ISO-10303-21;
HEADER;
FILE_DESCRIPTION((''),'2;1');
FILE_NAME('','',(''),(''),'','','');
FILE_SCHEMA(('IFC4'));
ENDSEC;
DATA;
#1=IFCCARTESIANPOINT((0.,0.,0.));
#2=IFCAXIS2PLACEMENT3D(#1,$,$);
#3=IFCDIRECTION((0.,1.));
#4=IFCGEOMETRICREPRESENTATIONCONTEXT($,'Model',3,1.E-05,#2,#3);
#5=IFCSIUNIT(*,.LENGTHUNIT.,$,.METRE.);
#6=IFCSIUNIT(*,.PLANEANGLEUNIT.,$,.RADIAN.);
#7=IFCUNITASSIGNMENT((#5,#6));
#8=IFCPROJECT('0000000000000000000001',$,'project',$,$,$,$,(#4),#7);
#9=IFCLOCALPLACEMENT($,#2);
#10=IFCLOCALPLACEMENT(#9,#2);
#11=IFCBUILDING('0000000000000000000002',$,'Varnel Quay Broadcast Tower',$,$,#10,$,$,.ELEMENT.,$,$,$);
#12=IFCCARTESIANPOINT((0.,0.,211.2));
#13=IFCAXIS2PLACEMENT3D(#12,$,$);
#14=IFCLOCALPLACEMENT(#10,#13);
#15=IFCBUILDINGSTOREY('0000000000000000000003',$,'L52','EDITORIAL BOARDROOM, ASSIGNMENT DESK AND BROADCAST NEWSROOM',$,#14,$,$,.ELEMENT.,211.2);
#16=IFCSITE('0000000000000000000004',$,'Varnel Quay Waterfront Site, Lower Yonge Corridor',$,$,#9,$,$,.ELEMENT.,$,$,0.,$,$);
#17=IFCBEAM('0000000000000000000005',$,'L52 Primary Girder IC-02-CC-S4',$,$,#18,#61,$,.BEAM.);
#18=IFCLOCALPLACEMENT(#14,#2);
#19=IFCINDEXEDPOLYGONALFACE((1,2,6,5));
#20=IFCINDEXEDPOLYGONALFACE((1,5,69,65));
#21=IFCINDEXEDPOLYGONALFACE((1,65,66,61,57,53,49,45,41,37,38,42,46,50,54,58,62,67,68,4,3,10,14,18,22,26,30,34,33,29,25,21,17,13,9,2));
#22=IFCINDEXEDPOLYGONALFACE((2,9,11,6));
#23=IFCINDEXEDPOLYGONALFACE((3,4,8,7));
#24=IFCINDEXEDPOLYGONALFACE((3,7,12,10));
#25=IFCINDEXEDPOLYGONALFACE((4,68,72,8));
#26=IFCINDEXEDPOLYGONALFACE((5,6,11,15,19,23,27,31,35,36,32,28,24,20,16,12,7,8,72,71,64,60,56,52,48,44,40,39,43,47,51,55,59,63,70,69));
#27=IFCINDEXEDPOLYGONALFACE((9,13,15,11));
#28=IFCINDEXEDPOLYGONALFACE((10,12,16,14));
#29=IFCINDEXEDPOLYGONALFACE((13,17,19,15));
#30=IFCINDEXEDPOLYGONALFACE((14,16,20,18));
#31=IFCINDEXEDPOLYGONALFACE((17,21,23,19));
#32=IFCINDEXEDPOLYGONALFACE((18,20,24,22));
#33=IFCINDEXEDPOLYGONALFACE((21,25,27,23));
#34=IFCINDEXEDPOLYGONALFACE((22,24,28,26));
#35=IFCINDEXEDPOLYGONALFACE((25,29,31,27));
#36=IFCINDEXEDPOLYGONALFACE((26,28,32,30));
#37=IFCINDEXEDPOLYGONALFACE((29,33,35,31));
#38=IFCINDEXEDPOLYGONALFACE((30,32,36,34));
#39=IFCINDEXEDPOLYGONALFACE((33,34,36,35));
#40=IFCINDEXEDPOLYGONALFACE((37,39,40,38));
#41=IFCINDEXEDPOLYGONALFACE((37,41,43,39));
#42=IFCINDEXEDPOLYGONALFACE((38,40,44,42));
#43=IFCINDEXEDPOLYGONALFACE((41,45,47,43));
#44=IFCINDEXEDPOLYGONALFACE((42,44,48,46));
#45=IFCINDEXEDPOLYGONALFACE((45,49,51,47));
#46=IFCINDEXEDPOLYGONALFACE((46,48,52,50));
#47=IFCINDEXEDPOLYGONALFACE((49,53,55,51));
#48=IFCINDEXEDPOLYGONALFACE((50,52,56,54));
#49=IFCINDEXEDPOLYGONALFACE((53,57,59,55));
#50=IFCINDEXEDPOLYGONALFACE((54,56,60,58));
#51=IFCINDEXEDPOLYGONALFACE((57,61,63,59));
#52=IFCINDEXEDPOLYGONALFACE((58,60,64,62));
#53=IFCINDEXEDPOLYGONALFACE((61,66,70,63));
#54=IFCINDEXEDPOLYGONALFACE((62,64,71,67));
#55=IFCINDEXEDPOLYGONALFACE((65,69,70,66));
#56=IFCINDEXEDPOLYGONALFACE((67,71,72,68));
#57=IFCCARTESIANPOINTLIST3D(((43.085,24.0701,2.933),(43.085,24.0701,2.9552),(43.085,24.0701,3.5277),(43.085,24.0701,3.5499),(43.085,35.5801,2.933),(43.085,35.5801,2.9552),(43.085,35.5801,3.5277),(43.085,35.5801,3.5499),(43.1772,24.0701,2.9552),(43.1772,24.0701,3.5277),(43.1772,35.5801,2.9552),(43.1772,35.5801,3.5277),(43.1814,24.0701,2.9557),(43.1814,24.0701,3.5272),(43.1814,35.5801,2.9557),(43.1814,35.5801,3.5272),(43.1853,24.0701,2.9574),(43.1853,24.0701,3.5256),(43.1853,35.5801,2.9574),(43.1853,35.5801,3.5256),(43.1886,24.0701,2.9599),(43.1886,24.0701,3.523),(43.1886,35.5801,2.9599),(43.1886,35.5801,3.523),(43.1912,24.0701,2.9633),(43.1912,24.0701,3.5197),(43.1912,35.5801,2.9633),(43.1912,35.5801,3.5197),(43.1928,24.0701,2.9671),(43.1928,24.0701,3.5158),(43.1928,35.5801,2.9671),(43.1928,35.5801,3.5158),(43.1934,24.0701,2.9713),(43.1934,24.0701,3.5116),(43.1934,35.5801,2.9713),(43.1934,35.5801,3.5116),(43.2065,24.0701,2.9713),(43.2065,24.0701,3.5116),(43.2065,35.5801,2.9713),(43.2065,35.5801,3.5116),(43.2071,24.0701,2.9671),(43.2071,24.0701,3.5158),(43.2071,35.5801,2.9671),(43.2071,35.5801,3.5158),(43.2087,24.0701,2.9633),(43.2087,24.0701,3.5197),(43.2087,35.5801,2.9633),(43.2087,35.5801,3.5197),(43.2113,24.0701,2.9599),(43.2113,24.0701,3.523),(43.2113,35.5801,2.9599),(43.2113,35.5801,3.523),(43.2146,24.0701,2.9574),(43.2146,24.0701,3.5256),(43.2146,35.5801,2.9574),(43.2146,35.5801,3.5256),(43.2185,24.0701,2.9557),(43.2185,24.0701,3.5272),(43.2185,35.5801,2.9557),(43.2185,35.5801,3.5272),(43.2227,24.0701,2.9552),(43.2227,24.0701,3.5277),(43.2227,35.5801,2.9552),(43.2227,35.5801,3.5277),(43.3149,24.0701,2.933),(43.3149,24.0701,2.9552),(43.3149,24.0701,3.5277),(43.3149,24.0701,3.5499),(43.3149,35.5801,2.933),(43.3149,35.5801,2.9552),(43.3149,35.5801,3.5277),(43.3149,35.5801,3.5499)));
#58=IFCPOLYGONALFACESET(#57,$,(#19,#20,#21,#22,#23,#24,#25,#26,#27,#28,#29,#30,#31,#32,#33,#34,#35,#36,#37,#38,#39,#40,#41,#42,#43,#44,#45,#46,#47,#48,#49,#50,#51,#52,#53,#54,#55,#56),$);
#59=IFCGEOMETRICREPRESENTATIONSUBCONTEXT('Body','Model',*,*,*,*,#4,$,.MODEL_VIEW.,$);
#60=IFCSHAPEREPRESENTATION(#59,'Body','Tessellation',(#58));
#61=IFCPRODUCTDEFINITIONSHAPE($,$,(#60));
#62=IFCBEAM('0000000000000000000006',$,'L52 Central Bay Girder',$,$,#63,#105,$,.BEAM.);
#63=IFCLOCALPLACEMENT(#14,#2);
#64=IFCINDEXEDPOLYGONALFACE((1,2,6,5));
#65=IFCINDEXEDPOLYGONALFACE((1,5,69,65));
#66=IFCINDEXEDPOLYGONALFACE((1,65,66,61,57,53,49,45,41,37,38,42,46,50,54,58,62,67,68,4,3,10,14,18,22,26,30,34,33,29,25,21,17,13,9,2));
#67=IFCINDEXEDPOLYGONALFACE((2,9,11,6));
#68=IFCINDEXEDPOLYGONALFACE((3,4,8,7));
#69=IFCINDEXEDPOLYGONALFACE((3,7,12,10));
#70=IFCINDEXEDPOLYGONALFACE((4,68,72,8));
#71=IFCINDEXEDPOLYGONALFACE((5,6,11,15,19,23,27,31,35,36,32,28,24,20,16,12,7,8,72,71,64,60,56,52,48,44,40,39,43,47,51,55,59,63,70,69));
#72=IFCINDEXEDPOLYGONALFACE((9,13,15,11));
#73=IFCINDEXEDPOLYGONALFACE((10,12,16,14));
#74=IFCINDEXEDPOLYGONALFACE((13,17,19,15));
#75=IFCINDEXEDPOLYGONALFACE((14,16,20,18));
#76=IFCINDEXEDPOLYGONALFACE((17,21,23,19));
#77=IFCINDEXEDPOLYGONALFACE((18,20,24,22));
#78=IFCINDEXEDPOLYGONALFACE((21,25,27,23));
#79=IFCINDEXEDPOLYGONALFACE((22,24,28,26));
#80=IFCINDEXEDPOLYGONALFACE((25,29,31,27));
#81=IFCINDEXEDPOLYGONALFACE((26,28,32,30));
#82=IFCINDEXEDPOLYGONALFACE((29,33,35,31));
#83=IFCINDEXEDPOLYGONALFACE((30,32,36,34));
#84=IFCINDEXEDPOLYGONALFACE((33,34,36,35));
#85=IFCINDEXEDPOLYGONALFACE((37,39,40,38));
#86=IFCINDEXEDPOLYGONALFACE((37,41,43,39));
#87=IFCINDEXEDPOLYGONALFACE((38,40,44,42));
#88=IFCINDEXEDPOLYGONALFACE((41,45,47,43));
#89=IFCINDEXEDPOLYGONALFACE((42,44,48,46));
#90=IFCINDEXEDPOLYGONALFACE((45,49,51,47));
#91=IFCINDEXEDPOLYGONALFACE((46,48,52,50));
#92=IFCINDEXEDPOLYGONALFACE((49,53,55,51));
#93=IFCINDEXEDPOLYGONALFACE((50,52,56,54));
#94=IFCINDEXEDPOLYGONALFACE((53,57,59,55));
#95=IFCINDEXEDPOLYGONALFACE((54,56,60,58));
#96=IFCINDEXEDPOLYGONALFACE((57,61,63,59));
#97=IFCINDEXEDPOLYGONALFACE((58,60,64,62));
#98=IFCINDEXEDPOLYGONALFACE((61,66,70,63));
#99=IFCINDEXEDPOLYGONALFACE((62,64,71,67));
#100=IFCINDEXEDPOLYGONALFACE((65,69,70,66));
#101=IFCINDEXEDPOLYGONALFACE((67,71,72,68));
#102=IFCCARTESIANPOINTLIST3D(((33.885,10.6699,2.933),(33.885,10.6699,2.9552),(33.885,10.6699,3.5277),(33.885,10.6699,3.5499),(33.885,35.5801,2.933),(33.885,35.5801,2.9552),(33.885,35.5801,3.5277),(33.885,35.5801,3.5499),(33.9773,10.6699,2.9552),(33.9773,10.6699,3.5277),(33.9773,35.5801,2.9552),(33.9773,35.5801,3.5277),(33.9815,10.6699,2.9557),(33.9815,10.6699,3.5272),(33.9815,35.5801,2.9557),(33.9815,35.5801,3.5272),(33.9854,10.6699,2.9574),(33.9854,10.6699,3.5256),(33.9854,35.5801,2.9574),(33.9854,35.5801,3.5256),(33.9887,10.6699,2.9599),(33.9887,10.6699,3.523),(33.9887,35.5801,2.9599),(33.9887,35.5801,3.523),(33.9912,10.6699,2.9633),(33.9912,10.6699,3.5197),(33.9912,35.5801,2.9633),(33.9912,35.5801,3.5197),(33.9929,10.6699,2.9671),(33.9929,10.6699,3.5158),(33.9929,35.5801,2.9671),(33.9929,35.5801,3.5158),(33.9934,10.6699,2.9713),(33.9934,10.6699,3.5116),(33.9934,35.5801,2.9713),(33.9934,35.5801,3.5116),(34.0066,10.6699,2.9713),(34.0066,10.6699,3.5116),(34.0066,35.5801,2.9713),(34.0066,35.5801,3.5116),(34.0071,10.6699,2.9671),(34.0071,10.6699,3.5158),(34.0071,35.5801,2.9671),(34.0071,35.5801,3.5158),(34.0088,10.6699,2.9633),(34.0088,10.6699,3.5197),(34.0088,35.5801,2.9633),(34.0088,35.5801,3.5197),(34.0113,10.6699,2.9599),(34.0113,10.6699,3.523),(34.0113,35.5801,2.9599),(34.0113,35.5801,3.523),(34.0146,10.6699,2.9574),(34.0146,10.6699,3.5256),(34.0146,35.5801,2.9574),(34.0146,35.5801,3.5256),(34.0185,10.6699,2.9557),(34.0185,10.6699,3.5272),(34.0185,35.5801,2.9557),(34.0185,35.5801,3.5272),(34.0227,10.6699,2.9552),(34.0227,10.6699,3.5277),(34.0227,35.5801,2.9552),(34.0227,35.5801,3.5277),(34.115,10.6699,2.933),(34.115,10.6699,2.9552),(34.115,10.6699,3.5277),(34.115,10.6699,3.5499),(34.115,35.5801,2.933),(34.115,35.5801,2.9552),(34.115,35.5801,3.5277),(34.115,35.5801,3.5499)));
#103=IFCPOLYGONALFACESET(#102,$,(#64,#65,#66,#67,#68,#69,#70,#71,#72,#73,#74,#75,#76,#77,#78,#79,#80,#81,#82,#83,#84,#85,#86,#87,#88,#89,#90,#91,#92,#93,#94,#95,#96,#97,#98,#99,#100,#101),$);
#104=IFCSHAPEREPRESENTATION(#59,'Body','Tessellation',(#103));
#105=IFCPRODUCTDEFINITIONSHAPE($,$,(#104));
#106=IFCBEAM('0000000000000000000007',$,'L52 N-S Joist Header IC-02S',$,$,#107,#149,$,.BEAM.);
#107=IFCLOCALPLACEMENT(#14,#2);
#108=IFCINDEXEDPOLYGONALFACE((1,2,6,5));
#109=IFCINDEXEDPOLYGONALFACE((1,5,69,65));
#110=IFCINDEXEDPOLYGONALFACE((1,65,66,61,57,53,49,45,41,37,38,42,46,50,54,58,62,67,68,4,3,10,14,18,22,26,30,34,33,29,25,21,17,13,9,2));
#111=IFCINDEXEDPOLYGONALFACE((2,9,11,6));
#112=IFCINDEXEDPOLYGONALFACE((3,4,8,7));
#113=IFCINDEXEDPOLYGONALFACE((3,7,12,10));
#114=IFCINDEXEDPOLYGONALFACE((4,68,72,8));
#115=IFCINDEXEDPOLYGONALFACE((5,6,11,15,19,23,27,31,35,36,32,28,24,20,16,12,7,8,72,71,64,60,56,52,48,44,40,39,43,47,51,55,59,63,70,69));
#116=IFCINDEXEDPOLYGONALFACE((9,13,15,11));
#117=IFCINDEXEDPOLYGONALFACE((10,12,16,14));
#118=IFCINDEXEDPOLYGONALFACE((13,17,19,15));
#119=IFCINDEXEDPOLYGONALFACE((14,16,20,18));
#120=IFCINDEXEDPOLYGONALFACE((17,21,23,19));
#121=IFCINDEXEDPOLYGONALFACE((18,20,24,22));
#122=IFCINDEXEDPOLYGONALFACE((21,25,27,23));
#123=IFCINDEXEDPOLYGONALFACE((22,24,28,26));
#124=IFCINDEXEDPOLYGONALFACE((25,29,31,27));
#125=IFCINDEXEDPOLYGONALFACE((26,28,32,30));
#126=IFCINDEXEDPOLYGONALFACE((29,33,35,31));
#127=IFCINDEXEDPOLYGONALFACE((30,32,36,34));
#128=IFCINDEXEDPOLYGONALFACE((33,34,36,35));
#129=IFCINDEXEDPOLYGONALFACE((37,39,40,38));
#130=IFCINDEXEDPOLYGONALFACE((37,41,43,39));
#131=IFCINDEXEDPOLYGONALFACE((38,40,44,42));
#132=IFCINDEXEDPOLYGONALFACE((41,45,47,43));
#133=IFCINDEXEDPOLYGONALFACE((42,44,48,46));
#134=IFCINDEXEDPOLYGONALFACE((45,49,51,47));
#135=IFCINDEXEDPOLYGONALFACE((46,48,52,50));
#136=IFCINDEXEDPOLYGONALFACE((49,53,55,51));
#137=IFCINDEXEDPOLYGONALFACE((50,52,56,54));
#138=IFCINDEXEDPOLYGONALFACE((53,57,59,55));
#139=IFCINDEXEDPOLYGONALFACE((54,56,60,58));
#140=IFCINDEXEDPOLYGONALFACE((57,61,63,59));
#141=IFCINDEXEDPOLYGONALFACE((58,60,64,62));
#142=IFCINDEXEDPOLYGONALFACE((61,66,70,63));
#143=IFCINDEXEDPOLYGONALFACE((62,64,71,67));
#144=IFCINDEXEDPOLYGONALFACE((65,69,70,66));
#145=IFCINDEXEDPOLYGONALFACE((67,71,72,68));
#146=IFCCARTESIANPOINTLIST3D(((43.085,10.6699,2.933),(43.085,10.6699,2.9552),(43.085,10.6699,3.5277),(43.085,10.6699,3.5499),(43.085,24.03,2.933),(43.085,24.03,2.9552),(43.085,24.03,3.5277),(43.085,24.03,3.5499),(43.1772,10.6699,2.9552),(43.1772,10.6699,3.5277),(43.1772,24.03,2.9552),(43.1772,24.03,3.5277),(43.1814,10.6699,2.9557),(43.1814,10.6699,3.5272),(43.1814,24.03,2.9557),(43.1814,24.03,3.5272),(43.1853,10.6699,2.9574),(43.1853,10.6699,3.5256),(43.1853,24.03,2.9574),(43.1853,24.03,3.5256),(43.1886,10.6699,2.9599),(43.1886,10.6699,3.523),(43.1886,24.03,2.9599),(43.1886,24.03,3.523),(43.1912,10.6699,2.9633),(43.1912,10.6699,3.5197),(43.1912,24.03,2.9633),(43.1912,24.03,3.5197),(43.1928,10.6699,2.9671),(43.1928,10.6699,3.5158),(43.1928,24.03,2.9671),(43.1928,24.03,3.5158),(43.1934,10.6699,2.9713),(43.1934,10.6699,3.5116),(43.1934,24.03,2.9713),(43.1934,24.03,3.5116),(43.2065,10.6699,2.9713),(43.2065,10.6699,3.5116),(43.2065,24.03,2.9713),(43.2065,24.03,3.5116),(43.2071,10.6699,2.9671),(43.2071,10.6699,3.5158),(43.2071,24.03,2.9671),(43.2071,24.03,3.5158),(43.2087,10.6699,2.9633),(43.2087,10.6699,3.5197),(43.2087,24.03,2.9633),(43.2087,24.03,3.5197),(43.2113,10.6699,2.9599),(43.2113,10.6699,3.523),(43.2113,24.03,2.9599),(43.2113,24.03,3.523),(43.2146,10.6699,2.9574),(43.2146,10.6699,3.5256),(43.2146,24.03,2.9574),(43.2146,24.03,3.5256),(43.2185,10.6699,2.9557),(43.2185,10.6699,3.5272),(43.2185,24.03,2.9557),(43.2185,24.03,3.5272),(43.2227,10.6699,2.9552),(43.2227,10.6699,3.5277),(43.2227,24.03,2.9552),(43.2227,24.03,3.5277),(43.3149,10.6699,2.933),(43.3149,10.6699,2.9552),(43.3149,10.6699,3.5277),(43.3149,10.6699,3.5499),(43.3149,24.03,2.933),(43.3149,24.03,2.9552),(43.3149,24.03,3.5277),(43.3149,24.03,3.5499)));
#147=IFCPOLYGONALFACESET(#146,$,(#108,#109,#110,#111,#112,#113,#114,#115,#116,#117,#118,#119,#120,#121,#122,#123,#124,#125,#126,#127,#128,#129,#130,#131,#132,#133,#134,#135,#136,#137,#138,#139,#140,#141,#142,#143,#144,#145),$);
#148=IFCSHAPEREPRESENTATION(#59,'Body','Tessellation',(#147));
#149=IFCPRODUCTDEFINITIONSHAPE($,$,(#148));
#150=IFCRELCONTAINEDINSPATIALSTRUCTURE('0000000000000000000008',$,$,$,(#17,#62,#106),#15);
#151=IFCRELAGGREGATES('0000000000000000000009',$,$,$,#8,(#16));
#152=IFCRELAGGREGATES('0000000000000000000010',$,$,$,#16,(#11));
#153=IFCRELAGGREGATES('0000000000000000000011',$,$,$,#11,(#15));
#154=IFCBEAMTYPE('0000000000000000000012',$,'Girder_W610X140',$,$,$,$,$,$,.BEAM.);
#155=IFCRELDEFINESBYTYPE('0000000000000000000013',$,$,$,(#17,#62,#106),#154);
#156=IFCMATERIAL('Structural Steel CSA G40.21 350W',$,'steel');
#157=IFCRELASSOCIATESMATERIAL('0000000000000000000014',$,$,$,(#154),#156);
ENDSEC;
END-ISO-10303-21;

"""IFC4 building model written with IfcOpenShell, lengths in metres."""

from ifc_helpers import new_model, si_unit, direction, frame, origin, origin_2d, place, context, subcontext, project, spatial, i_section, extrude, source, transform, mapped, material, material_profile, profile_set, type_object, element, save


model = new_model("IFC4")

# Units and contexts
model_context = context("Model", 3, precision=1e-05, world=origin(), true_north=direction((0.0, 1.0)))
body_context = subcontext(model_context, "Body", "Model", "MODEL_VIEW")
ifc_project = project(units=[si_unit("LENGTHUNIT", "METRE"), si_unit("PLANEANGLEUNIT", "RADIAN")], contexts=[model_context])

# Site, building, storey
site_placement = place(None, origin())
site = spatial("IfcSite", under=ifc_project, at=site_placement, Name="Varnel Quay Waterfront Site, Lower Yonge Corridor", CompositionType="ELEMENT", RefElevation=0.0)
building_placement = place(site_placement, origin())
building = spatial("IfcBuilding", under=site, at=building_placement, Name="Varnel Quay Broadcast Tower", CompositionType="ELEMENT")
storey_placement = place(building_placement, frame((0.0, 0.0, 211.2)))
storey = spatial("IfcBuildingStorey", under=building, at=storey_placement, Name="L52", Description="EDITORIAL BOARDROOM, ASSIGNMENT DESK AND BROADCAST NEWSROOM", CompositionType="ELEMENT", Elevation=211.2)

# Shared definitions
ifc_material_1 = material(Name="Structural Steel CSA G40.21 350W", Category="steel")

# Beams
ifc_material_profile_1 = material_profile(ifc_material_1, i_section(OverallWidth=0.23, OverallDepth=0.6169, WebThickness=0.0132, FlangeThickness=0.0222, FilletRadius=0.0161, at=origin_2d()), Name="W610X140")
ifc_profile_set_1 = profile_set([ifc_material_profile_1], Name="Structural Steel CSA G40.21 350W")
beam_type_1 = type_object("IfcBeamType", Name="Girder_W610X140", PredefinedType="BEAM", material=ifc_profile_set_1)
shared_shape_1 = source(origin(), body_context, "Body", "SweptSolid", [
    extrude(i_section(OverallWidth=0.23, OverallDepth=0.6169, WebThickness=0.0132, FlangeThickness=0.0222, FilletRadius=0.0161, at=origin_2d()), origin(), (0.0, 0.0, 1.0), 11.51),
])
beam_1_placement = place(storey_placement, frame((43.2, 24.0701, 3.2415), z_axis=(0.0, 1.0, 0.0), x_axis=(-1.0, 0.0, 0.0)))
element("IfcBeam", 1, at=beam_1_placement, inside=storey, type_object=beam_type_1, Name="L52 Primary Girder IC-02-CC-S4", PredefinedType="BEAM", context=body_context, shape_type="MappedRepresentation", body=[
    mapped(shared_shape_1, transform((0.0, 0.0, 0.0), x_axis=(1.0, 0.0, 0.0), y_axis=(0.0, 1.0, 0.0), z_axis=(0.0, 0.0, 1.0), scale=1.0)),
])
shared_shape_2 = source(origin(), body_context, "Body", "SweptSolid", [
    extrude(i_section(OverallWidth=0.23, OverallDepth=0.6169, WebThickness=0.0132, FlangeThickness=0.0222, FilletRadius=0.0161, at=origin_2d()), origin(), (0.0, 0.0, 1.0), 24.9102),
])
beam_2_placement = place(storey_placement, frame((34.0, 10.6699, 3.2415), z_axis=(0.0, 1.0, 0.0), x_axis=(-1.0, 0.0, 0.0)))
element("IfcBeam", 2, at=beam_2_placement, inside=storey, type_object=beam_type_1, Name="L52 Central Bay Girder", PredefinedType="BEAM", context=body_context, shape_type="MappedRepresentation", body=[
    mapped(shared_shape_2, transform((0.0, 0.0, 0.0), x_axis=(1.0, 0.0, 0.0), y_axis=(0.0, 1.0, 0.0), z_axis=(0.0, 0.0, 1.0), scale=1.0)),
])
shared_shape_3 = source(origin(), body_context, "Body", "SweptSolid", [
    extrude(i_section(OverallWidth=0.23, OverallDepth=0.6169, WebThickness=0.0132, FlangeThickness=0.0222, FilletRadius=0.0161, at=origin_2d()), origin(), (0.0, 0.0, 1.0), 13.3601),
])
beam_3_placement = place(storey_placement, frame((43.2, 10.6699, 3.2415), z_axis=(0.0, 1.0, 0.0), x_axis=(-1.0, 0.0, 0.0)))
element("IfcBeam", 3, at=beam_3_placement, inside=storey, type_object=beam_type_1, Name="L52 N-S Joist Header IC-02S", PredefinedType="BEAM", context=body_context, shape_type="MappedRepresentation", body=[
    mapped(shared_shape_3, transform((0.0, 0.0, 0.0), x_axis=(1.0, 0.0, 0.0), y_axis=(0.0, 1.0, 0.0), z_axis=(0.0, 0.0, 1.0), scale=1.0)),
])

save(model, "model.ifc")
